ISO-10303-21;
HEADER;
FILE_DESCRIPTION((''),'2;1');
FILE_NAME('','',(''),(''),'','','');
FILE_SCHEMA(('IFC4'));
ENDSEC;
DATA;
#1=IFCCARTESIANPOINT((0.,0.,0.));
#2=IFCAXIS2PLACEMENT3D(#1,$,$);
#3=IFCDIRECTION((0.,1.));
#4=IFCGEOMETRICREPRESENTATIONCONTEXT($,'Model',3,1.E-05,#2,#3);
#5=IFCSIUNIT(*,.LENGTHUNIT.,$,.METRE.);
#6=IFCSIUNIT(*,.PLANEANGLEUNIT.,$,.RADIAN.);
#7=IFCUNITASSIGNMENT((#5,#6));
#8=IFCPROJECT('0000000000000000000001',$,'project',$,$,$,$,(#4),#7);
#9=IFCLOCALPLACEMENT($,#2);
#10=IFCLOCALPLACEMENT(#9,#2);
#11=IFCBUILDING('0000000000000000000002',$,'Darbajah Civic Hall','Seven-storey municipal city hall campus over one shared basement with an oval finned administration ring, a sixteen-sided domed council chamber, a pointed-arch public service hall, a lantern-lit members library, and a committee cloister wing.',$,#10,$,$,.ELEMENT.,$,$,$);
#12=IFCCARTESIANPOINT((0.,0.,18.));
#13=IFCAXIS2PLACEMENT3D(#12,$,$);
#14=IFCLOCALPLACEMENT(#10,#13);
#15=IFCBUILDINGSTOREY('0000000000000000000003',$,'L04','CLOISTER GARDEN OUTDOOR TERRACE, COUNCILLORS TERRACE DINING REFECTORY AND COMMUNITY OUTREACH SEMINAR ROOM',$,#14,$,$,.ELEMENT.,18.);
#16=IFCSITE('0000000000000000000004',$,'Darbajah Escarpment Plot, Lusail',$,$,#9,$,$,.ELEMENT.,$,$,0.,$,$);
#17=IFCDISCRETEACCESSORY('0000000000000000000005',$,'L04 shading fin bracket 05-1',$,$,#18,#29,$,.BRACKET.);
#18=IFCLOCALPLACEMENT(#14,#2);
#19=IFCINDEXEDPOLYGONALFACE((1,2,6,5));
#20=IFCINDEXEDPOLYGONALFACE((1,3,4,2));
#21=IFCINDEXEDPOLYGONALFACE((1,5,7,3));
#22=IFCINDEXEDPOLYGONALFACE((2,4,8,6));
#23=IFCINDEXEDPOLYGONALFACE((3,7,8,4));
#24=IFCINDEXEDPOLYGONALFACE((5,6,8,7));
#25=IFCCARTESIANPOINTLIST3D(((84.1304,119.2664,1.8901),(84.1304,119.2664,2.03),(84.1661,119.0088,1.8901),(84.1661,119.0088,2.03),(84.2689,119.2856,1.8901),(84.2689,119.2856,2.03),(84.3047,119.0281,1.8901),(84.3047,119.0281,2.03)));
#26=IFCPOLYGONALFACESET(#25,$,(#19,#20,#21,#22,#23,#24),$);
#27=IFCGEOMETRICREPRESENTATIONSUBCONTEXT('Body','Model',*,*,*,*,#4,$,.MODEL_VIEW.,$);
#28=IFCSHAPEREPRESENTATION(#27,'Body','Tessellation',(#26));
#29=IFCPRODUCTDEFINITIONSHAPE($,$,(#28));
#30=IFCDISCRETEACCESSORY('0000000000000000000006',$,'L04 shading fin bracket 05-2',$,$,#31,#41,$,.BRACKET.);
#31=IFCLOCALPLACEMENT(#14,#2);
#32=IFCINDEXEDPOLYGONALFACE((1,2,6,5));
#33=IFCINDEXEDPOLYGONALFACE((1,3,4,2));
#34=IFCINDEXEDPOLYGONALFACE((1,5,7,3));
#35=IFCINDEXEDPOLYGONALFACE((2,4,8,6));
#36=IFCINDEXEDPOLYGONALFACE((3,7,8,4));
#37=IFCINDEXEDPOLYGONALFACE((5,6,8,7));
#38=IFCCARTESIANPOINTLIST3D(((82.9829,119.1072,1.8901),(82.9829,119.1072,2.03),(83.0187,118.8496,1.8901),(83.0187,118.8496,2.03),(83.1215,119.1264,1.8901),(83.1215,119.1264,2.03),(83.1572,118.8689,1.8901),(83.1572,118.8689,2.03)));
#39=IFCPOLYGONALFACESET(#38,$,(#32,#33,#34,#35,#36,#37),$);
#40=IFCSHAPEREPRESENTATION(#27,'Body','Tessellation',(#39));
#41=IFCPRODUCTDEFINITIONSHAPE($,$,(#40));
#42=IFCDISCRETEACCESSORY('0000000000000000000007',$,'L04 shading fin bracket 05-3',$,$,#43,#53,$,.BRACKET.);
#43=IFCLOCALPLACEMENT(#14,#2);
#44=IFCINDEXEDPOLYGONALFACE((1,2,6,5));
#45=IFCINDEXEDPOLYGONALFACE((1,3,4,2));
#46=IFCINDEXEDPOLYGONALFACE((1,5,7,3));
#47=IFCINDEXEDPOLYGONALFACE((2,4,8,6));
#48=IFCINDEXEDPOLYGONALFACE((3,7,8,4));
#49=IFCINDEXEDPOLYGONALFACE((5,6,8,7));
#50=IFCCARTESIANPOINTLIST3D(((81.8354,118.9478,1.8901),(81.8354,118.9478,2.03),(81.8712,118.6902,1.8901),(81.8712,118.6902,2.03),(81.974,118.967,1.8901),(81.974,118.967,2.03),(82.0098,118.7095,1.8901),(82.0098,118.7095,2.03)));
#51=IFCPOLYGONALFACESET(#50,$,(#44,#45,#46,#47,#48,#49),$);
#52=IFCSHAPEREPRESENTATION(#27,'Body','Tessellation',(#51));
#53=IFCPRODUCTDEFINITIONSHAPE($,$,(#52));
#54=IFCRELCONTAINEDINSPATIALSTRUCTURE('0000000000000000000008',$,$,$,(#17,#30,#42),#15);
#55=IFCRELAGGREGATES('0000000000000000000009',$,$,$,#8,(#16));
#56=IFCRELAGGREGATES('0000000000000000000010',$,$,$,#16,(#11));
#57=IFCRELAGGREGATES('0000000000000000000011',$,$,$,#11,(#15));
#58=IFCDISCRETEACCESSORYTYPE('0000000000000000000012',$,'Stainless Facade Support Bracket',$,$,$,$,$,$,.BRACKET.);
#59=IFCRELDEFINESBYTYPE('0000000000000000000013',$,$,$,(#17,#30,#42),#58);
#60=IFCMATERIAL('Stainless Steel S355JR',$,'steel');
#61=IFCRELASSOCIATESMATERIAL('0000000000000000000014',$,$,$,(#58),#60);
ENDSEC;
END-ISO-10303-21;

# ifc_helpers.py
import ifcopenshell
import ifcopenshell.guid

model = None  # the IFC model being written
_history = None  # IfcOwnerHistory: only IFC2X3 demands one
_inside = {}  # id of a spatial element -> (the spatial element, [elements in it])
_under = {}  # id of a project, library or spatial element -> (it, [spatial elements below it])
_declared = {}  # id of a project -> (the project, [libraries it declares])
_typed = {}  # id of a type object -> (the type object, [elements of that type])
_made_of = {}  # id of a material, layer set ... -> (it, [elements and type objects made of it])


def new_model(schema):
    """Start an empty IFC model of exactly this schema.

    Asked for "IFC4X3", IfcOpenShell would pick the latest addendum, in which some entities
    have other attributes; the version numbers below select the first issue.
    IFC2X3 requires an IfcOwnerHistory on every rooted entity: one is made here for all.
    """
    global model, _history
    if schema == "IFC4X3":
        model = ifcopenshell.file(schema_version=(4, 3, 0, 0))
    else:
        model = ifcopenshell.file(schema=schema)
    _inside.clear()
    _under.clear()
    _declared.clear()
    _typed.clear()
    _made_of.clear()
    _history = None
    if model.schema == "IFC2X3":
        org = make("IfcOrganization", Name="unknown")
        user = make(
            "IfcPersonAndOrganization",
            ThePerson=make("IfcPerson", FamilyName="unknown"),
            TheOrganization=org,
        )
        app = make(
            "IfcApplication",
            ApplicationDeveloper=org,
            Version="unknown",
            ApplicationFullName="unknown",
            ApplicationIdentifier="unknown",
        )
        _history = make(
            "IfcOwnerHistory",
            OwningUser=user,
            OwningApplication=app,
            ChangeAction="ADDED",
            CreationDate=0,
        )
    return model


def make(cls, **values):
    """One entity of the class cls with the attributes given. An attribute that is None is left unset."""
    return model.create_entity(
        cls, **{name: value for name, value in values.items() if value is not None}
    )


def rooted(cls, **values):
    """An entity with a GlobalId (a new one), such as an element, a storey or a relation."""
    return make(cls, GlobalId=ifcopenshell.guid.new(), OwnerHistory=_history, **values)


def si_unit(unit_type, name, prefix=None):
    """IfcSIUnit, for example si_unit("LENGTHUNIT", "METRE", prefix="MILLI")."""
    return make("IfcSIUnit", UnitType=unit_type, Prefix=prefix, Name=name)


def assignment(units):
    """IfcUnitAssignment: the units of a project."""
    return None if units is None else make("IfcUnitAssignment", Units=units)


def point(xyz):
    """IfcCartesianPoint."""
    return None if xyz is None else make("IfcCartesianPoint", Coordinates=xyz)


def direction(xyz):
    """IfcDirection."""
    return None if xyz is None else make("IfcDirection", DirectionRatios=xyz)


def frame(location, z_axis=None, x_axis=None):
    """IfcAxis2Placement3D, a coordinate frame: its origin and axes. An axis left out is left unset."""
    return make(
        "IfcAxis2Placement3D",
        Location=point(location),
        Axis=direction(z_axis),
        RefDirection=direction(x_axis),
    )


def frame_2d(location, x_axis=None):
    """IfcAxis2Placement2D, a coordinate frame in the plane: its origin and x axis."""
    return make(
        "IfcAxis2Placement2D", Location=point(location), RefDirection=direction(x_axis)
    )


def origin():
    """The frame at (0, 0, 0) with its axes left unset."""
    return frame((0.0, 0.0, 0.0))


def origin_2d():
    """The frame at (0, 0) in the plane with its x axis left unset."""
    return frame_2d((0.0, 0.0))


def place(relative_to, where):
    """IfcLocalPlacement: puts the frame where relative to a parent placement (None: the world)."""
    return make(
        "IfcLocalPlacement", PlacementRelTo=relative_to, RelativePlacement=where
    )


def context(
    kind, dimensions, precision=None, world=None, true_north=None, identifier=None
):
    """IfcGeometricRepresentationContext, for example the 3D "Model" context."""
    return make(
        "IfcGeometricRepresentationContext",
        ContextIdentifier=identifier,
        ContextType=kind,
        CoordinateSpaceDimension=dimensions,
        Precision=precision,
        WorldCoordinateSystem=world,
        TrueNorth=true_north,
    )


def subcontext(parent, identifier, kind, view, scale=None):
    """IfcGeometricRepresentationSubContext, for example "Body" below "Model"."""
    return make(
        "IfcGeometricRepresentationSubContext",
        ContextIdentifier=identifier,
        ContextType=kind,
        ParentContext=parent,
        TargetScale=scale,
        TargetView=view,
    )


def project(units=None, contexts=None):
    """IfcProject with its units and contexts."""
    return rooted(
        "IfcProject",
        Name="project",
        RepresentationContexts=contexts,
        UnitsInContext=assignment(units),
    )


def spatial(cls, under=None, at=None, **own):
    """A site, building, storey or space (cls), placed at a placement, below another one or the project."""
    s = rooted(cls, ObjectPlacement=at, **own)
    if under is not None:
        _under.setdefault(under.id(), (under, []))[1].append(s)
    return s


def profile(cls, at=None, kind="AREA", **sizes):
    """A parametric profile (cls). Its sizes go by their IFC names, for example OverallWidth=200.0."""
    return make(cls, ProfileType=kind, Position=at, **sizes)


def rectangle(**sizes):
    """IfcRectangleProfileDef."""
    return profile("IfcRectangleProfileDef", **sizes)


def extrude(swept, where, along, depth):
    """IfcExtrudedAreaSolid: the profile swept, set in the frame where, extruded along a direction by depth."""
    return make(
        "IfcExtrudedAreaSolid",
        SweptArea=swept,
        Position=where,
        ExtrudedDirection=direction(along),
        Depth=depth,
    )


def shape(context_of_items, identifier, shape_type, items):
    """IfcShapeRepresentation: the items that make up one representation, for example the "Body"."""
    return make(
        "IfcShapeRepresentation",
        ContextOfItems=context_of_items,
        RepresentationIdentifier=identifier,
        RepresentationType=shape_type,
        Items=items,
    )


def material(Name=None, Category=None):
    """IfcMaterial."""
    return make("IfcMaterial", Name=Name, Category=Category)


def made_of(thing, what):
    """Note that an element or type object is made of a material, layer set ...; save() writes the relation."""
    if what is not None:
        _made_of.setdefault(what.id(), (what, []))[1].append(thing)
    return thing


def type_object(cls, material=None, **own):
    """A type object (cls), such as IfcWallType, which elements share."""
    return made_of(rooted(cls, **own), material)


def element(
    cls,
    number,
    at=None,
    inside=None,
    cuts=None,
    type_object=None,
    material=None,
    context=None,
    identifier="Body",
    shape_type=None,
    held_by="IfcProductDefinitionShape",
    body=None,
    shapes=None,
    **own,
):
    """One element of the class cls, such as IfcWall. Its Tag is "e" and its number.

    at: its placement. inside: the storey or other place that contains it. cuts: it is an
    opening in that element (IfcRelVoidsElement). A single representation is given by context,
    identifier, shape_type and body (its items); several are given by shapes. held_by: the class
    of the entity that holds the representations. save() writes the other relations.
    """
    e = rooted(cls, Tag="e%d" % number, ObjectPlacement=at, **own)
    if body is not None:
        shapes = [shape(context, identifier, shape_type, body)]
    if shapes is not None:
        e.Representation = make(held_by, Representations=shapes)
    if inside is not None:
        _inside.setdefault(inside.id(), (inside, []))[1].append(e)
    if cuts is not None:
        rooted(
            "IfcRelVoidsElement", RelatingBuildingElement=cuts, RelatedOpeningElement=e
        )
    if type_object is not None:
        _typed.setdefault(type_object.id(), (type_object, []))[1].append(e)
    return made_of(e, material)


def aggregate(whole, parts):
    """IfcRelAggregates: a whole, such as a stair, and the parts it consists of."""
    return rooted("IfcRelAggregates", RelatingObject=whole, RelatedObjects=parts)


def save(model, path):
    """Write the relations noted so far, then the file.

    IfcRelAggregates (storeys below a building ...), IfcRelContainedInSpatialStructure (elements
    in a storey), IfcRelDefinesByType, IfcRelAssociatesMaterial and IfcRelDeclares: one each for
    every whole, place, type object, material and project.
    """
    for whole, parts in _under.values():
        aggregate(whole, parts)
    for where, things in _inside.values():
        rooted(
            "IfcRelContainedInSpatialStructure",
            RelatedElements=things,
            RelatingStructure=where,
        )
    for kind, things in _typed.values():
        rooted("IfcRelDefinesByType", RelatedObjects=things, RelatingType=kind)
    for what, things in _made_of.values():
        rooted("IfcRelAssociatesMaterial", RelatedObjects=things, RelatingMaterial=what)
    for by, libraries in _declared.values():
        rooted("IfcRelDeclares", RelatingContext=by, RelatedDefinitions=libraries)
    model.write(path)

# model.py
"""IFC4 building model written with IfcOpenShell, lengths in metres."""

from ifc_helpers import new_model, si_unit, direction, frame, origin, origin_2d, place, context, subcontext, project, spatial, rectangle, extrude, material, type_object, element, save


model = new_model("IFC4")

# Units and contexts
model_context = context("Model", 3, precision=1e-05, world=origin(), true_north=direction((0.0, 1.0)))
body_context = subcontext(model_context, "Body", "Model", "MODEL_VIEW")
ifc_project = project(units=[si_unit("LENGTHUNIT", "METRE"), si_unit("PLANEANGLEUNIT", "RADIAN")], contexts=[model_context])

# Site, building, storey
site_placement = place(None, origin())
site = spatial("IfcSite", under=ifc_project, at=site_placement, Name="Darbajah Escarpment Plot, Lusail", CompositionType="ELEMENT", RefElevation=0.0)
building_placement = place(site_placement, origin())
building = spatial("IfcBuilding", under=site, at=building_placement, Name="Darbajah Civic Hall", Description="Seven-storey municipal city hall campus over one shared basement with an oval finned administration ring, a sixteen-sided domed council chamber, a pointed-arch public service hall, a lantern-lit members library, and a committee cloister wing.", CompositionType="ELEMENT")
storey_placement = place(building_placement, frame((0.0, 0.0, 18.0)))
storey = spatial("IfcBuildingStorey", under=building, at=storey_placement, Name="L04", Description="CLOISTER GARDEN OUTDOOR TERRACE, COUNCILLORS TERRACE DINING REFECTORY AND COMMUNITY OUTREACH SEMINAR ROOM", CompositionType="ELEMENT", Elevation=18.0)

# Discrete accessories
ifc_material_1 = material(Name="Stainless Steel S355JR", Category="steel")
discrete_accessory_type = type_object("IfcDiscreteAccessoryType", Name="Stainless Facade Support Bracket", PredefinedType="BRACKET", material=ifc_material_1)
for number, where, z_axis, x_axis, name in (
    (1, (84.2175, 119.1472, 1.8901), (0.0, 0.0, 1.0), (-0.137617, 0.990485, 0.0), "L04 shading fin bracket 05-1"),
    (2, (83.0701, 118.988, 1.8901), (0.0, 0.0, 1.0), (-0.137617, 0.990485, 0.0), "L04 shading fin bracket 05-2"),
    (3, (81.9226, 118.8286, 1.8901), (0.0, 0.0, 1.0), (-0.137617, 0.990485, 0.0), "L04 shading fin bracket 05-3"),
):
    element("IfcDiscreteAccessory", number, at=place(storey_placement, frame(where, z_axis=z_axis, x_axis=x_axis)), inside=storey, type_object=discrete_accessory_type, Name=name, PredefinedType="BRACKET", context=body_context, shape_type="SweptSolid", body=[
        extrude(rectangle(XDim=0.26, YDim=0.1399, at=origin_2d()), origin(), (0.0, 0.0, 1.0), 0.1399),
    ])

save(model, "model.ifc")
